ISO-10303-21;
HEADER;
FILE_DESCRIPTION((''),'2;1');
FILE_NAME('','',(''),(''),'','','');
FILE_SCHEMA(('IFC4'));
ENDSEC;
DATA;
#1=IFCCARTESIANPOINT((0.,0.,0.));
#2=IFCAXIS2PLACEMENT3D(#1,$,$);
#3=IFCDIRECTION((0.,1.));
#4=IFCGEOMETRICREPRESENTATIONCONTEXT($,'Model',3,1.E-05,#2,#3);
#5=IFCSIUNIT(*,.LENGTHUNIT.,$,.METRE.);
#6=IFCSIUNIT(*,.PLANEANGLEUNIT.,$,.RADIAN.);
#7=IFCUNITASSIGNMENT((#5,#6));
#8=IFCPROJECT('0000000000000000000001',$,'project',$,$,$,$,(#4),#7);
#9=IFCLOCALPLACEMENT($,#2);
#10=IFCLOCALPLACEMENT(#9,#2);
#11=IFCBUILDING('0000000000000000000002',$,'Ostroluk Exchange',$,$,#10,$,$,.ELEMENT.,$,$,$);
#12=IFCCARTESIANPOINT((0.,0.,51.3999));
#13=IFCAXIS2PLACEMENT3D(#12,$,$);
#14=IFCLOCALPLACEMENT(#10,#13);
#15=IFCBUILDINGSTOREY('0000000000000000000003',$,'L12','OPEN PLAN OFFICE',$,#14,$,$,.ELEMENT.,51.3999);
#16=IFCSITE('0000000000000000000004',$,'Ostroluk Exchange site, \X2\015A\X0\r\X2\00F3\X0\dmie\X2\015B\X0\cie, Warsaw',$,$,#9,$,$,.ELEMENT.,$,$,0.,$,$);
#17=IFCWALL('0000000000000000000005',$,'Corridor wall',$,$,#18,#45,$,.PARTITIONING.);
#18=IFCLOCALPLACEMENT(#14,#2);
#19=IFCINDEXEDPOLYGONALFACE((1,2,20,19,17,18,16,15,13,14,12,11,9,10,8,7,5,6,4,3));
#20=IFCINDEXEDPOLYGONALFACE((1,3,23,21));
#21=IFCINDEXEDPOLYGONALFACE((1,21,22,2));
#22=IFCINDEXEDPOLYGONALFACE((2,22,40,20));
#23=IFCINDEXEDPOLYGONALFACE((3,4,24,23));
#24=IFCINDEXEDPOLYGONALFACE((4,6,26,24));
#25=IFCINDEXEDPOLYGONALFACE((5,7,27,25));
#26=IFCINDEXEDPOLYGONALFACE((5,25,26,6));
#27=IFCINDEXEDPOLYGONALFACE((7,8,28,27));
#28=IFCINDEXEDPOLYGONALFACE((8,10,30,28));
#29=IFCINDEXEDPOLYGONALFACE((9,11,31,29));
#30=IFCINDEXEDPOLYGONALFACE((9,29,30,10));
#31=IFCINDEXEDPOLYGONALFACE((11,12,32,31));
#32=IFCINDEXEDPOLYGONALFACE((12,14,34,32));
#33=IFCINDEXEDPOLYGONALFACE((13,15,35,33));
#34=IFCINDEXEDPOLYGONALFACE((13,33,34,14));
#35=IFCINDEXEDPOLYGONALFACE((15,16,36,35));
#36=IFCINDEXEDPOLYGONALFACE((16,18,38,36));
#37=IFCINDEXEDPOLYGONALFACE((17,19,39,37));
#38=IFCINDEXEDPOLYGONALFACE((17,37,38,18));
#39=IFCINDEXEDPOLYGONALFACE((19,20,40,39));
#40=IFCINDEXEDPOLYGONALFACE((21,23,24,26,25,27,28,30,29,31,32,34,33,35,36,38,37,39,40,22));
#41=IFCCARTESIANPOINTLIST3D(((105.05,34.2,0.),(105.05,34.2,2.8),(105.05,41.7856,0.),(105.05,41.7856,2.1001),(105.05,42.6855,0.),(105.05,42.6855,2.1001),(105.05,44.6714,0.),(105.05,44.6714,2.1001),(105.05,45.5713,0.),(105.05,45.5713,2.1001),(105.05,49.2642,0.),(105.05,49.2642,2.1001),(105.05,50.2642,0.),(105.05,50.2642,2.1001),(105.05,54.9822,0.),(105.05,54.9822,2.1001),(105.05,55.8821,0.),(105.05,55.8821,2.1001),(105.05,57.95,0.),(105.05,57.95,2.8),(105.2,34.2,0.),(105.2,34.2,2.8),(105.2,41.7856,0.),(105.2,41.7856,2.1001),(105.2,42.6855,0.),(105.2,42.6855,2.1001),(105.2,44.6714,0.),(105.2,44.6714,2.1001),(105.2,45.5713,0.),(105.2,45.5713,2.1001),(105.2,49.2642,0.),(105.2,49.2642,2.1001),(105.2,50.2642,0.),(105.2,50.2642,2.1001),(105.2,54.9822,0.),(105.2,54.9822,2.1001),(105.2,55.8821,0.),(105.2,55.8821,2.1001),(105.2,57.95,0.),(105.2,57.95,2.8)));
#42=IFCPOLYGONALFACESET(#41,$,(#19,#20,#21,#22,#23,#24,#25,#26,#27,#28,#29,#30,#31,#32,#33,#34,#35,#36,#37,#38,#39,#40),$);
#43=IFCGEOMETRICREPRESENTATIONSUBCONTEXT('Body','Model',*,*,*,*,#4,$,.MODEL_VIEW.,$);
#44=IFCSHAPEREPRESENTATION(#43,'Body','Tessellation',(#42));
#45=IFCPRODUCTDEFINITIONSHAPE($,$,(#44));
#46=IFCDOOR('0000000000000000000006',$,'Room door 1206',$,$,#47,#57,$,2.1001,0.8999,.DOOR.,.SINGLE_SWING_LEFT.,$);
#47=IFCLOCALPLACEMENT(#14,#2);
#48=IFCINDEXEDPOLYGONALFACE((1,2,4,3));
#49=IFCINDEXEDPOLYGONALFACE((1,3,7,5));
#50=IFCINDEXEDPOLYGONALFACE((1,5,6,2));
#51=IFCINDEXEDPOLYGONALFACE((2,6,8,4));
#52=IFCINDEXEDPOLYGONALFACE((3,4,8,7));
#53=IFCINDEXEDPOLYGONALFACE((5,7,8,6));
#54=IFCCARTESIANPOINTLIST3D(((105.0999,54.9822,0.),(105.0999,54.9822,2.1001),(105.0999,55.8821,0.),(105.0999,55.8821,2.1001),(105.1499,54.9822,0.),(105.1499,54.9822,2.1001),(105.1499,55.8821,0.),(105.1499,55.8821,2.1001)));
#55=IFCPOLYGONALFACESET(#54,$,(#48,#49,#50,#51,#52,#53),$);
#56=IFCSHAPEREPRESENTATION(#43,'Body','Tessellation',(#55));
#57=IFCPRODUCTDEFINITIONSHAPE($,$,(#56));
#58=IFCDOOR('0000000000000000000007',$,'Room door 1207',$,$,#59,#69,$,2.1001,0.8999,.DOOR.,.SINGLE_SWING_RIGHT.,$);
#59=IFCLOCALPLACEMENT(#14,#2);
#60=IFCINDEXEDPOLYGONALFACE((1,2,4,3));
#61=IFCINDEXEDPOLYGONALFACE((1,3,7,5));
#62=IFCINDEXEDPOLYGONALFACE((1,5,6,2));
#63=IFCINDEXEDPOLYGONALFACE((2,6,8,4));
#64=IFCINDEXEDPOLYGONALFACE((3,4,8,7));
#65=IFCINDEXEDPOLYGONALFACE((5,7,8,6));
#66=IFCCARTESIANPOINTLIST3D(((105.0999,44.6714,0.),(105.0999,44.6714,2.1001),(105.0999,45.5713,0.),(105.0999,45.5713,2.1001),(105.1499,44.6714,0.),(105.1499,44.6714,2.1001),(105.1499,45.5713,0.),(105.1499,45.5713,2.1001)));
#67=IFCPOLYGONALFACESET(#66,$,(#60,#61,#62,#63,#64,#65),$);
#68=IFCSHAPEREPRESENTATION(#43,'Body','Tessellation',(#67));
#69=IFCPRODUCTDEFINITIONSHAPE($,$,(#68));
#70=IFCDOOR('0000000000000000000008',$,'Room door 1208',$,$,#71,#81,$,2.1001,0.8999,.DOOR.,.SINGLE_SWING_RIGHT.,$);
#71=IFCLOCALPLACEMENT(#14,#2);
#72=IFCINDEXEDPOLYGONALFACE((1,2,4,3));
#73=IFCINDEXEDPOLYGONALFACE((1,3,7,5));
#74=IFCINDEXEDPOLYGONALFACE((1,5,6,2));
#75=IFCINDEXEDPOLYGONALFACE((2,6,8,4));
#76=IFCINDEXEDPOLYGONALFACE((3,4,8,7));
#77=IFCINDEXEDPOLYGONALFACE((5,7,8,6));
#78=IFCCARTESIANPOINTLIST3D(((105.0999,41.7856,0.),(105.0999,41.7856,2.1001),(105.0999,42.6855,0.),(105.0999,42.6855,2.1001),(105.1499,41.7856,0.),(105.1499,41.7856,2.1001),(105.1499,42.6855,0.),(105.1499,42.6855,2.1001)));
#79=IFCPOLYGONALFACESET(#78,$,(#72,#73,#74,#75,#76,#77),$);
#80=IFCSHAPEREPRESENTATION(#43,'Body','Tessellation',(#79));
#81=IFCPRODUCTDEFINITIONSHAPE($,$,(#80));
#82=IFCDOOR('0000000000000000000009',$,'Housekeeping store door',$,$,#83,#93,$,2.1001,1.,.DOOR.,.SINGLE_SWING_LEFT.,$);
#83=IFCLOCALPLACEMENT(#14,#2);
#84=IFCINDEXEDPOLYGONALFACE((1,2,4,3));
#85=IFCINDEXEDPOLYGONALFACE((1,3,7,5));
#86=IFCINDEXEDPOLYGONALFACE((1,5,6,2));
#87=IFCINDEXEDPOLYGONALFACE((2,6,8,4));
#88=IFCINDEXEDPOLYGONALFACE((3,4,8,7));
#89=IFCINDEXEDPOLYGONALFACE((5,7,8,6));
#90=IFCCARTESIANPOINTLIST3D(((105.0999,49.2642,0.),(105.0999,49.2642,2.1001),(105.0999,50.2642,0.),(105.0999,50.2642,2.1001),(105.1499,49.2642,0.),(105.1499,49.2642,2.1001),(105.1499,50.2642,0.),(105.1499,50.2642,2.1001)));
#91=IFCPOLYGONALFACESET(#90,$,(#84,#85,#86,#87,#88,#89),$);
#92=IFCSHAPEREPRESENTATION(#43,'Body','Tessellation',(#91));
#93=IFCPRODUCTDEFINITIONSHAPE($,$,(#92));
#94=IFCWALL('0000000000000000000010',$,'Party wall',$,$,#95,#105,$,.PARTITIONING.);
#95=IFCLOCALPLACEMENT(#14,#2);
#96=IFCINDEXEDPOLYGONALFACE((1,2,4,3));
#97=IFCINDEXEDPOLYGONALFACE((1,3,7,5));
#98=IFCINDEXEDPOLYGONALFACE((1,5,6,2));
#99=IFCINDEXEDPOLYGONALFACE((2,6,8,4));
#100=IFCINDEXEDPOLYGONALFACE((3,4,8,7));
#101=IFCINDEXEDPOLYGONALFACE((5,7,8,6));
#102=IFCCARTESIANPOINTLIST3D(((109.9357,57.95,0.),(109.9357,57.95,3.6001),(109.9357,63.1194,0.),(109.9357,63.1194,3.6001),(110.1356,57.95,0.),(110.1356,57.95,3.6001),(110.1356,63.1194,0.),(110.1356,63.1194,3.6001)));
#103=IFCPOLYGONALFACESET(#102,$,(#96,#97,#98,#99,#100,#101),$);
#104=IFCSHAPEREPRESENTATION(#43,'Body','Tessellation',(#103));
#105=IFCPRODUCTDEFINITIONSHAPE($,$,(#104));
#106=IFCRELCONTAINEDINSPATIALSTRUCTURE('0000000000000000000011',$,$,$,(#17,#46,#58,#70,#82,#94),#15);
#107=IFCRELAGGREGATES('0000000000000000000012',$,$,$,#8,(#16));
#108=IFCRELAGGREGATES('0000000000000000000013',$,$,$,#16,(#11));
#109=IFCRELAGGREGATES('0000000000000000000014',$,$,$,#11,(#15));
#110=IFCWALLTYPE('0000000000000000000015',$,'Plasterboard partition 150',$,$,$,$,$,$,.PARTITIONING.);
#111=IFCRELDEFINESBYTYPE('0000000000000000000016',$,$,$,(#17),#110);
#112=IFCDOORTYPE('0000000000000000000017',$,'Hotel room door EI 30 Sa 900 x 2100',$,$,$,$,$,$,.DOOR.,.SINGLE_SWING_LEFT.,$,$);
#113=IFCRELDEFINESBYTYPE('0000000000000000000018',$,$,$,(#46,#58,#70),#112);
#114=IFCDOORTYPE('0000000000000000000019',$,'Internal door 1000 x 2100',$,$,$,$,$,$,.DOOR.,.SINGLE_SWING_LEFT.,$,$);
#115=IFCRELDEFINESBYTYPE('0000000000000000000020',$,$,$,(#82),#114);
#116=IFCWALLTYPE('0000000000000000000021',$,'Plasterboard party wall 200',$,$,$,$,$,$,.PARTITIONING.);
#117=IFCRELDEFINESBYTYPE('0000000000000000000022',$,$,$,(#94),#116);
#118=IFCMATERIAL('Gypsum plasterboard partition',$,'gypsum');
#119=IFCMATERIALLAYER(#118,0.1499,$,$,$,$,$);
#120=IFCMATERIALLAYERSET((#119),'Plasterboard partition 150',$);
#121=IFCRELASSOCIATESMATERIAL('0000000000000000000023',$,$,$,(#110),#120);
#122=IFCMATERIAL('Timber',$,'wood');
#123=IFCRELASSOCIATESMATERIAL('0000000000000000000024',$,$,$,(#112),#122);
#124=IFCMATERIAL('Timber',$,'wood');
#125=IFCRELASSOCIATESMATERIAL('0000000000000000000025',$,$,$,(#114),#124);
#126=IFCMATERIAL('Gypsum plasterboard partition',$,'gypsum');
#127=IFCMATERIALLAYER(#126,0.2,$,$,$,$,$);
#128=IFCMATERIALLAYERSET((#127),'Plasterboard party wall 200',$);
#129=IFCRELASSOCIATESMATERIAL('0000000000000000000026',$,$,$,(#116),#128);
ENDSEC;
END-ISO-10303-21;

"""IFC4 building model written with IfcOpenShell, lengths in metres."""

from ifc_helpers import new_model, si_unit, direction, frame, frame_2d, origin, place, context, subcontext, project, spatial, rectangle, extrude, material, layer, layer_set, type_object, element, fill, save


model = new_model("IFC4")

# Units and contexts
model_context = context("Model", 3, precision=1e-05, world=origin(), true_north=direction((0.0, 1.0)))
body_context = subcontext(model_context, "Body", "Model", "MODEL_VIEW")
ifc_project = project(units=[si_unit("LENGTHUNIT", "METRE"), si_unit("PLANEANGLEUNIT", "RADIAN")], contexts=[model_context])

# Site, building, storey
site_placement = place(None, origin())
site = spatial("IfcSite", under=ifc_project, at=site_placement, Name="Ostroluk Exchange site, Śródmieście, Warsaw", CompositionType="ELEMENT", RefElevation=0.0)
building_placement = place(site_placement, origin())
building = spatial("IfcBuilding", under=site, at=building_placement, Name="Ostroluk Exchange", CompositionType="ELEMENT")
storey_placement = place(building_placement, frame((0.0, 0.0, 51.3999)))
storey = spatial("IfcBuildingStorey", under=building, at=storey_placement, Name="L12", Description="OPEN PLAN OFFICE", CompositionType="ELEMENT", Elevation=51.3999)

# Wall, openings, doors
ifc_material_1 = material(Name="Gypsum plasterboard partition", Category="gypsum")
ifc_layer_1 = layer(ifc_material_1, 0.1499)
ifc_layer_set_1 = layer_set([ifc_layer_1], Name="Plasterboard partition 150")
wall_type_1 = type_object("IfcWallType", Name="Plasterboard partition 150", PredefinedType="PARTITIONING", material=ifc_layer_set_1)
wall_1_placement = place(storey_placement, frame((105.125, 57.95, 0.0), z_axis=(0.0, 0.0, 1.0), x_axis=(0.0, -1.0, 0.0)))
wall_1 = element("IfcWall", 1, at=wall_1_placement, inside=storey, type_object=wall_type_1, Name="Corridor wall", PredefinedType="PARTITIONING", context=body_context, shape_type="SweptSolid", body=[
    extrude(rectangle(XDim=23.75, YDim=0.1499, at=frame_2d((11.875, 0.0))), origin(), (0.0, 0.0, 1.0), 2.8),
])
opening_1_placement = place(wall_1_placement, frame((2.0679, 0.0, 0.0)))
opening_1 = element("IfcOpeningElement", 2, at=opening_1_placement, cuts=wall_1, PredefinedType="OPENING", context=body_context, shape_type="SweptSolid", body=[
    extrude(rectangle(XDim=0.8999, YDim=2.1001, at=frame_2d((0.45, 1.05))), frame((0.0, 0.085, 0.0), z_axis=(0.0, -1.0, 0.0), x_axis=(1.0, 0.0, 0.0)), (0.0, 0.0, 1.0), 0.1699),
])
opening_2_placement = place(wall_1_placement, frame((7.6858, 0.0, 0.0)))
opening_2 = element("IfcOpeningElement", 3, at=opening_2_placement, cuts=wall_1, PredefinedType="OPENING", context=body_context, shape_type="SweptSolid", body=[
    extrude(rectangle(XDim=1.0, YDim=2.1001, at=frame_2d((0.5, 1.05))), frame((0.0, 0.085, 0.0), z_axis=(0.0, -1.0, 0.0), x_axis=(1.0, 0.0, 0.0)), (0.0, 0.0, 1.0), 0.1699),
])
opening_3_placement = place(wall_1_placement, frame((12.3787, 0.0, 0.0)))
opening_3 = element("IfcOpeningElement", 4, at=opening_3_placement, cuts=wall_1, PredefinedType="OPENING", context=body_context, shape_type="SweptSolid", body=[
    extrude(rectangle(XDim=0.8999, YDim=2.1001, at=frame_2d((0.45, 1.05))), frame((0.0, 0.085, 0.0), z_axis=(0.0, -1.0, 0.0), x_axis=(1.0, 0.0, 0.0)), (0.0, 0.0, 1.0), 0.1699),
])
opening_4_placement = place(wall_1_placement, frame((15.2644, 0.0, 0.0)))
opening_4 = element("IfcOpeningElement", 5, at=opening_4_placement, cuts=wall_1, PredefinedType="OPENING", context=body_context, shape_type="SweptSolid", body=[
    extrude(rectangle(XDim=0.8999, YDim=2.1001, at=frame_2d((0.45, 1.05))), frame((0.0, 0.085, 0.0), z_axis=(0.0, -1.0, 0.0), x_axis=(1.0, 0.0, 0.0)), (0.0, 0.0, 1.0), 0.1699),
])
ifc_material_2 = material(Name="Timber", Category="wood")
door_type_1 = type_object("IfcDoorType", Name="Hotel room door EI 30 Sa 900 x 2100", OperationType="SINGLE_SWING_LEFT", PredefinedType="DOOR", material=ifc_material_2)
door_1_placement = place(opening_1_placement, origin())
door_1 = element("IfcDoor", 6, at=door_1_placement, inside=storey, type_object=door_type_1, Name="Room door 1206", OperationType="SINGLE_SWING_LEFT", OverallHeight=2.1001, OverallWidth=0.8999, PredefinedType="DOOR", context=body_context, shape_type="SweptSolid", body=[
    extrude(rectangle(XDim=0.8999, YDim=2.1001, at=frame_2d((0.45, 1.05))), frame((0.0, 0.0249, 0.0), z_axis=(0.0, -1.0, 0.0), x_axis=(1.0, 0.0, 0.0)), (0.0, 0.0, 1.0), 0.05),
])
fill(opening_1, door_1)
door_2_placement = place(opening_3_placement, origin())
door_2 = element("IfcDoor", 7, at=door_2_placement, inside=storey, type_object=door_type_1, Name="Room door 1207", OperationType="SINGLE_SWING_RIGHT", OverallHeight=2.1001, OverallWidth=0.8999, PredefinedType="DOOR", context=body_context, shape_type="SweptSolid", body=[
    extrude(rectangle(XDim=0.8999, YDim=2.1001, at=frame_2d((0.45, 1.05))), frame((0.0, 0.0249, 0.0), z_axis=(0.0, -1.0, 0.0), x_axis=(1.0, 0.0, 0.0)), (0.0, 0.0, 1.0), 0.05),
])
fill(opening_3, door_2)
door_3_placement = place(opening_4_placement, origin())
door_3 = element("IfcDoor", 8, at=door_3_placement, inside=storey, type_object=door_type_1, Name="Room door 1208", OperationType="SINGLE_SWING_RIGHT", OverallHeight=2.1001, OverallWidth=0.8999, PredefinedType="DOOR", context=body_context, shape_type="SweptSolid", body=[
    extrude(rectangle(XDim=0.8999, YDim=2.1001, at=frame_2d((0.45, 1.05))), frame((0.0, 0.0249, 0.0), z_axis=(0.0, -1.0, 0.0), x_axis=(1.0, 0.0, 0.0)), (0.0, 0.0, 1.0), 0.05),
])
fill(opening_4, door_3)
ifc_material_3 = material(Name="Timber", Category="wood")
door_type_2 = type_object("IfcDoorType", Name="Internal door 1000 x 2100", OperationType="SINGLE_SWING_LEFT", PredefinedType="DOOR", material=ifc_material_3)
door_4_placement = place(opening_2_placement, origin())
door_4 = element("IfcDoor", 9, at=door_4_placement, inside=storey, type_object=door_type_2, Name="Housekeeping store door", OperationType="SINGLE_SWING_LEFT", OverallHeight=2.1001, OverallWidth=1.0, PredefinedType="DOOR", context=body_context, shape_type="SweptSolid", body=[
    extrude(rectangle(XDim=1.0, YDim=2.1001, at=frame_2d((0.5, 1.05))), frame((0.0, 0.0249, 0.0), z_axis=(0.0, -1.0, 0.0), x_axis=(1.0, 0.0, 0.0)), (0.0, 0.0, 1.0), 0.05),
])
fill(opening_2, door_4)

# Wall
ifc_material_4 = material(Name="Gypsum plasterboard partition", Category="gypsum")
ifc_layer_2 = layer(ifc_material_4, 0.2)
ifc_layer_set_2 = layer_set([ifc_layer_2], Name="Plasterboard party wall 200")
wall_type_2 = type_object("IfcWallType", Name="Plasterboard party wall 200", PredefinedType="PARTITIONING", material=ifc_layer_set_2)
wall_2_placement = place(storey_placement, frame((110.0356, 57.95, 0.0), z_axis=(0.0, 0.0, 1.0), x_axis=(0.0, 1.0, 0.0)))
element("IfcWall", 10, at=wall_2_placement, inside=storey, type_object=wall_type_2, Name="Party wall", PredefinedType="PARTITIONING", context=body_context, shape_type="SweptSolid", body=[
    extrude(rectangle(XDim=5.1694, YDim=0.2, at=frame_2d((2.5847, 0.0))), origin(), (0.0, 0.0, 1.0), 3.6001),
])

save(model, "model.ifc")
